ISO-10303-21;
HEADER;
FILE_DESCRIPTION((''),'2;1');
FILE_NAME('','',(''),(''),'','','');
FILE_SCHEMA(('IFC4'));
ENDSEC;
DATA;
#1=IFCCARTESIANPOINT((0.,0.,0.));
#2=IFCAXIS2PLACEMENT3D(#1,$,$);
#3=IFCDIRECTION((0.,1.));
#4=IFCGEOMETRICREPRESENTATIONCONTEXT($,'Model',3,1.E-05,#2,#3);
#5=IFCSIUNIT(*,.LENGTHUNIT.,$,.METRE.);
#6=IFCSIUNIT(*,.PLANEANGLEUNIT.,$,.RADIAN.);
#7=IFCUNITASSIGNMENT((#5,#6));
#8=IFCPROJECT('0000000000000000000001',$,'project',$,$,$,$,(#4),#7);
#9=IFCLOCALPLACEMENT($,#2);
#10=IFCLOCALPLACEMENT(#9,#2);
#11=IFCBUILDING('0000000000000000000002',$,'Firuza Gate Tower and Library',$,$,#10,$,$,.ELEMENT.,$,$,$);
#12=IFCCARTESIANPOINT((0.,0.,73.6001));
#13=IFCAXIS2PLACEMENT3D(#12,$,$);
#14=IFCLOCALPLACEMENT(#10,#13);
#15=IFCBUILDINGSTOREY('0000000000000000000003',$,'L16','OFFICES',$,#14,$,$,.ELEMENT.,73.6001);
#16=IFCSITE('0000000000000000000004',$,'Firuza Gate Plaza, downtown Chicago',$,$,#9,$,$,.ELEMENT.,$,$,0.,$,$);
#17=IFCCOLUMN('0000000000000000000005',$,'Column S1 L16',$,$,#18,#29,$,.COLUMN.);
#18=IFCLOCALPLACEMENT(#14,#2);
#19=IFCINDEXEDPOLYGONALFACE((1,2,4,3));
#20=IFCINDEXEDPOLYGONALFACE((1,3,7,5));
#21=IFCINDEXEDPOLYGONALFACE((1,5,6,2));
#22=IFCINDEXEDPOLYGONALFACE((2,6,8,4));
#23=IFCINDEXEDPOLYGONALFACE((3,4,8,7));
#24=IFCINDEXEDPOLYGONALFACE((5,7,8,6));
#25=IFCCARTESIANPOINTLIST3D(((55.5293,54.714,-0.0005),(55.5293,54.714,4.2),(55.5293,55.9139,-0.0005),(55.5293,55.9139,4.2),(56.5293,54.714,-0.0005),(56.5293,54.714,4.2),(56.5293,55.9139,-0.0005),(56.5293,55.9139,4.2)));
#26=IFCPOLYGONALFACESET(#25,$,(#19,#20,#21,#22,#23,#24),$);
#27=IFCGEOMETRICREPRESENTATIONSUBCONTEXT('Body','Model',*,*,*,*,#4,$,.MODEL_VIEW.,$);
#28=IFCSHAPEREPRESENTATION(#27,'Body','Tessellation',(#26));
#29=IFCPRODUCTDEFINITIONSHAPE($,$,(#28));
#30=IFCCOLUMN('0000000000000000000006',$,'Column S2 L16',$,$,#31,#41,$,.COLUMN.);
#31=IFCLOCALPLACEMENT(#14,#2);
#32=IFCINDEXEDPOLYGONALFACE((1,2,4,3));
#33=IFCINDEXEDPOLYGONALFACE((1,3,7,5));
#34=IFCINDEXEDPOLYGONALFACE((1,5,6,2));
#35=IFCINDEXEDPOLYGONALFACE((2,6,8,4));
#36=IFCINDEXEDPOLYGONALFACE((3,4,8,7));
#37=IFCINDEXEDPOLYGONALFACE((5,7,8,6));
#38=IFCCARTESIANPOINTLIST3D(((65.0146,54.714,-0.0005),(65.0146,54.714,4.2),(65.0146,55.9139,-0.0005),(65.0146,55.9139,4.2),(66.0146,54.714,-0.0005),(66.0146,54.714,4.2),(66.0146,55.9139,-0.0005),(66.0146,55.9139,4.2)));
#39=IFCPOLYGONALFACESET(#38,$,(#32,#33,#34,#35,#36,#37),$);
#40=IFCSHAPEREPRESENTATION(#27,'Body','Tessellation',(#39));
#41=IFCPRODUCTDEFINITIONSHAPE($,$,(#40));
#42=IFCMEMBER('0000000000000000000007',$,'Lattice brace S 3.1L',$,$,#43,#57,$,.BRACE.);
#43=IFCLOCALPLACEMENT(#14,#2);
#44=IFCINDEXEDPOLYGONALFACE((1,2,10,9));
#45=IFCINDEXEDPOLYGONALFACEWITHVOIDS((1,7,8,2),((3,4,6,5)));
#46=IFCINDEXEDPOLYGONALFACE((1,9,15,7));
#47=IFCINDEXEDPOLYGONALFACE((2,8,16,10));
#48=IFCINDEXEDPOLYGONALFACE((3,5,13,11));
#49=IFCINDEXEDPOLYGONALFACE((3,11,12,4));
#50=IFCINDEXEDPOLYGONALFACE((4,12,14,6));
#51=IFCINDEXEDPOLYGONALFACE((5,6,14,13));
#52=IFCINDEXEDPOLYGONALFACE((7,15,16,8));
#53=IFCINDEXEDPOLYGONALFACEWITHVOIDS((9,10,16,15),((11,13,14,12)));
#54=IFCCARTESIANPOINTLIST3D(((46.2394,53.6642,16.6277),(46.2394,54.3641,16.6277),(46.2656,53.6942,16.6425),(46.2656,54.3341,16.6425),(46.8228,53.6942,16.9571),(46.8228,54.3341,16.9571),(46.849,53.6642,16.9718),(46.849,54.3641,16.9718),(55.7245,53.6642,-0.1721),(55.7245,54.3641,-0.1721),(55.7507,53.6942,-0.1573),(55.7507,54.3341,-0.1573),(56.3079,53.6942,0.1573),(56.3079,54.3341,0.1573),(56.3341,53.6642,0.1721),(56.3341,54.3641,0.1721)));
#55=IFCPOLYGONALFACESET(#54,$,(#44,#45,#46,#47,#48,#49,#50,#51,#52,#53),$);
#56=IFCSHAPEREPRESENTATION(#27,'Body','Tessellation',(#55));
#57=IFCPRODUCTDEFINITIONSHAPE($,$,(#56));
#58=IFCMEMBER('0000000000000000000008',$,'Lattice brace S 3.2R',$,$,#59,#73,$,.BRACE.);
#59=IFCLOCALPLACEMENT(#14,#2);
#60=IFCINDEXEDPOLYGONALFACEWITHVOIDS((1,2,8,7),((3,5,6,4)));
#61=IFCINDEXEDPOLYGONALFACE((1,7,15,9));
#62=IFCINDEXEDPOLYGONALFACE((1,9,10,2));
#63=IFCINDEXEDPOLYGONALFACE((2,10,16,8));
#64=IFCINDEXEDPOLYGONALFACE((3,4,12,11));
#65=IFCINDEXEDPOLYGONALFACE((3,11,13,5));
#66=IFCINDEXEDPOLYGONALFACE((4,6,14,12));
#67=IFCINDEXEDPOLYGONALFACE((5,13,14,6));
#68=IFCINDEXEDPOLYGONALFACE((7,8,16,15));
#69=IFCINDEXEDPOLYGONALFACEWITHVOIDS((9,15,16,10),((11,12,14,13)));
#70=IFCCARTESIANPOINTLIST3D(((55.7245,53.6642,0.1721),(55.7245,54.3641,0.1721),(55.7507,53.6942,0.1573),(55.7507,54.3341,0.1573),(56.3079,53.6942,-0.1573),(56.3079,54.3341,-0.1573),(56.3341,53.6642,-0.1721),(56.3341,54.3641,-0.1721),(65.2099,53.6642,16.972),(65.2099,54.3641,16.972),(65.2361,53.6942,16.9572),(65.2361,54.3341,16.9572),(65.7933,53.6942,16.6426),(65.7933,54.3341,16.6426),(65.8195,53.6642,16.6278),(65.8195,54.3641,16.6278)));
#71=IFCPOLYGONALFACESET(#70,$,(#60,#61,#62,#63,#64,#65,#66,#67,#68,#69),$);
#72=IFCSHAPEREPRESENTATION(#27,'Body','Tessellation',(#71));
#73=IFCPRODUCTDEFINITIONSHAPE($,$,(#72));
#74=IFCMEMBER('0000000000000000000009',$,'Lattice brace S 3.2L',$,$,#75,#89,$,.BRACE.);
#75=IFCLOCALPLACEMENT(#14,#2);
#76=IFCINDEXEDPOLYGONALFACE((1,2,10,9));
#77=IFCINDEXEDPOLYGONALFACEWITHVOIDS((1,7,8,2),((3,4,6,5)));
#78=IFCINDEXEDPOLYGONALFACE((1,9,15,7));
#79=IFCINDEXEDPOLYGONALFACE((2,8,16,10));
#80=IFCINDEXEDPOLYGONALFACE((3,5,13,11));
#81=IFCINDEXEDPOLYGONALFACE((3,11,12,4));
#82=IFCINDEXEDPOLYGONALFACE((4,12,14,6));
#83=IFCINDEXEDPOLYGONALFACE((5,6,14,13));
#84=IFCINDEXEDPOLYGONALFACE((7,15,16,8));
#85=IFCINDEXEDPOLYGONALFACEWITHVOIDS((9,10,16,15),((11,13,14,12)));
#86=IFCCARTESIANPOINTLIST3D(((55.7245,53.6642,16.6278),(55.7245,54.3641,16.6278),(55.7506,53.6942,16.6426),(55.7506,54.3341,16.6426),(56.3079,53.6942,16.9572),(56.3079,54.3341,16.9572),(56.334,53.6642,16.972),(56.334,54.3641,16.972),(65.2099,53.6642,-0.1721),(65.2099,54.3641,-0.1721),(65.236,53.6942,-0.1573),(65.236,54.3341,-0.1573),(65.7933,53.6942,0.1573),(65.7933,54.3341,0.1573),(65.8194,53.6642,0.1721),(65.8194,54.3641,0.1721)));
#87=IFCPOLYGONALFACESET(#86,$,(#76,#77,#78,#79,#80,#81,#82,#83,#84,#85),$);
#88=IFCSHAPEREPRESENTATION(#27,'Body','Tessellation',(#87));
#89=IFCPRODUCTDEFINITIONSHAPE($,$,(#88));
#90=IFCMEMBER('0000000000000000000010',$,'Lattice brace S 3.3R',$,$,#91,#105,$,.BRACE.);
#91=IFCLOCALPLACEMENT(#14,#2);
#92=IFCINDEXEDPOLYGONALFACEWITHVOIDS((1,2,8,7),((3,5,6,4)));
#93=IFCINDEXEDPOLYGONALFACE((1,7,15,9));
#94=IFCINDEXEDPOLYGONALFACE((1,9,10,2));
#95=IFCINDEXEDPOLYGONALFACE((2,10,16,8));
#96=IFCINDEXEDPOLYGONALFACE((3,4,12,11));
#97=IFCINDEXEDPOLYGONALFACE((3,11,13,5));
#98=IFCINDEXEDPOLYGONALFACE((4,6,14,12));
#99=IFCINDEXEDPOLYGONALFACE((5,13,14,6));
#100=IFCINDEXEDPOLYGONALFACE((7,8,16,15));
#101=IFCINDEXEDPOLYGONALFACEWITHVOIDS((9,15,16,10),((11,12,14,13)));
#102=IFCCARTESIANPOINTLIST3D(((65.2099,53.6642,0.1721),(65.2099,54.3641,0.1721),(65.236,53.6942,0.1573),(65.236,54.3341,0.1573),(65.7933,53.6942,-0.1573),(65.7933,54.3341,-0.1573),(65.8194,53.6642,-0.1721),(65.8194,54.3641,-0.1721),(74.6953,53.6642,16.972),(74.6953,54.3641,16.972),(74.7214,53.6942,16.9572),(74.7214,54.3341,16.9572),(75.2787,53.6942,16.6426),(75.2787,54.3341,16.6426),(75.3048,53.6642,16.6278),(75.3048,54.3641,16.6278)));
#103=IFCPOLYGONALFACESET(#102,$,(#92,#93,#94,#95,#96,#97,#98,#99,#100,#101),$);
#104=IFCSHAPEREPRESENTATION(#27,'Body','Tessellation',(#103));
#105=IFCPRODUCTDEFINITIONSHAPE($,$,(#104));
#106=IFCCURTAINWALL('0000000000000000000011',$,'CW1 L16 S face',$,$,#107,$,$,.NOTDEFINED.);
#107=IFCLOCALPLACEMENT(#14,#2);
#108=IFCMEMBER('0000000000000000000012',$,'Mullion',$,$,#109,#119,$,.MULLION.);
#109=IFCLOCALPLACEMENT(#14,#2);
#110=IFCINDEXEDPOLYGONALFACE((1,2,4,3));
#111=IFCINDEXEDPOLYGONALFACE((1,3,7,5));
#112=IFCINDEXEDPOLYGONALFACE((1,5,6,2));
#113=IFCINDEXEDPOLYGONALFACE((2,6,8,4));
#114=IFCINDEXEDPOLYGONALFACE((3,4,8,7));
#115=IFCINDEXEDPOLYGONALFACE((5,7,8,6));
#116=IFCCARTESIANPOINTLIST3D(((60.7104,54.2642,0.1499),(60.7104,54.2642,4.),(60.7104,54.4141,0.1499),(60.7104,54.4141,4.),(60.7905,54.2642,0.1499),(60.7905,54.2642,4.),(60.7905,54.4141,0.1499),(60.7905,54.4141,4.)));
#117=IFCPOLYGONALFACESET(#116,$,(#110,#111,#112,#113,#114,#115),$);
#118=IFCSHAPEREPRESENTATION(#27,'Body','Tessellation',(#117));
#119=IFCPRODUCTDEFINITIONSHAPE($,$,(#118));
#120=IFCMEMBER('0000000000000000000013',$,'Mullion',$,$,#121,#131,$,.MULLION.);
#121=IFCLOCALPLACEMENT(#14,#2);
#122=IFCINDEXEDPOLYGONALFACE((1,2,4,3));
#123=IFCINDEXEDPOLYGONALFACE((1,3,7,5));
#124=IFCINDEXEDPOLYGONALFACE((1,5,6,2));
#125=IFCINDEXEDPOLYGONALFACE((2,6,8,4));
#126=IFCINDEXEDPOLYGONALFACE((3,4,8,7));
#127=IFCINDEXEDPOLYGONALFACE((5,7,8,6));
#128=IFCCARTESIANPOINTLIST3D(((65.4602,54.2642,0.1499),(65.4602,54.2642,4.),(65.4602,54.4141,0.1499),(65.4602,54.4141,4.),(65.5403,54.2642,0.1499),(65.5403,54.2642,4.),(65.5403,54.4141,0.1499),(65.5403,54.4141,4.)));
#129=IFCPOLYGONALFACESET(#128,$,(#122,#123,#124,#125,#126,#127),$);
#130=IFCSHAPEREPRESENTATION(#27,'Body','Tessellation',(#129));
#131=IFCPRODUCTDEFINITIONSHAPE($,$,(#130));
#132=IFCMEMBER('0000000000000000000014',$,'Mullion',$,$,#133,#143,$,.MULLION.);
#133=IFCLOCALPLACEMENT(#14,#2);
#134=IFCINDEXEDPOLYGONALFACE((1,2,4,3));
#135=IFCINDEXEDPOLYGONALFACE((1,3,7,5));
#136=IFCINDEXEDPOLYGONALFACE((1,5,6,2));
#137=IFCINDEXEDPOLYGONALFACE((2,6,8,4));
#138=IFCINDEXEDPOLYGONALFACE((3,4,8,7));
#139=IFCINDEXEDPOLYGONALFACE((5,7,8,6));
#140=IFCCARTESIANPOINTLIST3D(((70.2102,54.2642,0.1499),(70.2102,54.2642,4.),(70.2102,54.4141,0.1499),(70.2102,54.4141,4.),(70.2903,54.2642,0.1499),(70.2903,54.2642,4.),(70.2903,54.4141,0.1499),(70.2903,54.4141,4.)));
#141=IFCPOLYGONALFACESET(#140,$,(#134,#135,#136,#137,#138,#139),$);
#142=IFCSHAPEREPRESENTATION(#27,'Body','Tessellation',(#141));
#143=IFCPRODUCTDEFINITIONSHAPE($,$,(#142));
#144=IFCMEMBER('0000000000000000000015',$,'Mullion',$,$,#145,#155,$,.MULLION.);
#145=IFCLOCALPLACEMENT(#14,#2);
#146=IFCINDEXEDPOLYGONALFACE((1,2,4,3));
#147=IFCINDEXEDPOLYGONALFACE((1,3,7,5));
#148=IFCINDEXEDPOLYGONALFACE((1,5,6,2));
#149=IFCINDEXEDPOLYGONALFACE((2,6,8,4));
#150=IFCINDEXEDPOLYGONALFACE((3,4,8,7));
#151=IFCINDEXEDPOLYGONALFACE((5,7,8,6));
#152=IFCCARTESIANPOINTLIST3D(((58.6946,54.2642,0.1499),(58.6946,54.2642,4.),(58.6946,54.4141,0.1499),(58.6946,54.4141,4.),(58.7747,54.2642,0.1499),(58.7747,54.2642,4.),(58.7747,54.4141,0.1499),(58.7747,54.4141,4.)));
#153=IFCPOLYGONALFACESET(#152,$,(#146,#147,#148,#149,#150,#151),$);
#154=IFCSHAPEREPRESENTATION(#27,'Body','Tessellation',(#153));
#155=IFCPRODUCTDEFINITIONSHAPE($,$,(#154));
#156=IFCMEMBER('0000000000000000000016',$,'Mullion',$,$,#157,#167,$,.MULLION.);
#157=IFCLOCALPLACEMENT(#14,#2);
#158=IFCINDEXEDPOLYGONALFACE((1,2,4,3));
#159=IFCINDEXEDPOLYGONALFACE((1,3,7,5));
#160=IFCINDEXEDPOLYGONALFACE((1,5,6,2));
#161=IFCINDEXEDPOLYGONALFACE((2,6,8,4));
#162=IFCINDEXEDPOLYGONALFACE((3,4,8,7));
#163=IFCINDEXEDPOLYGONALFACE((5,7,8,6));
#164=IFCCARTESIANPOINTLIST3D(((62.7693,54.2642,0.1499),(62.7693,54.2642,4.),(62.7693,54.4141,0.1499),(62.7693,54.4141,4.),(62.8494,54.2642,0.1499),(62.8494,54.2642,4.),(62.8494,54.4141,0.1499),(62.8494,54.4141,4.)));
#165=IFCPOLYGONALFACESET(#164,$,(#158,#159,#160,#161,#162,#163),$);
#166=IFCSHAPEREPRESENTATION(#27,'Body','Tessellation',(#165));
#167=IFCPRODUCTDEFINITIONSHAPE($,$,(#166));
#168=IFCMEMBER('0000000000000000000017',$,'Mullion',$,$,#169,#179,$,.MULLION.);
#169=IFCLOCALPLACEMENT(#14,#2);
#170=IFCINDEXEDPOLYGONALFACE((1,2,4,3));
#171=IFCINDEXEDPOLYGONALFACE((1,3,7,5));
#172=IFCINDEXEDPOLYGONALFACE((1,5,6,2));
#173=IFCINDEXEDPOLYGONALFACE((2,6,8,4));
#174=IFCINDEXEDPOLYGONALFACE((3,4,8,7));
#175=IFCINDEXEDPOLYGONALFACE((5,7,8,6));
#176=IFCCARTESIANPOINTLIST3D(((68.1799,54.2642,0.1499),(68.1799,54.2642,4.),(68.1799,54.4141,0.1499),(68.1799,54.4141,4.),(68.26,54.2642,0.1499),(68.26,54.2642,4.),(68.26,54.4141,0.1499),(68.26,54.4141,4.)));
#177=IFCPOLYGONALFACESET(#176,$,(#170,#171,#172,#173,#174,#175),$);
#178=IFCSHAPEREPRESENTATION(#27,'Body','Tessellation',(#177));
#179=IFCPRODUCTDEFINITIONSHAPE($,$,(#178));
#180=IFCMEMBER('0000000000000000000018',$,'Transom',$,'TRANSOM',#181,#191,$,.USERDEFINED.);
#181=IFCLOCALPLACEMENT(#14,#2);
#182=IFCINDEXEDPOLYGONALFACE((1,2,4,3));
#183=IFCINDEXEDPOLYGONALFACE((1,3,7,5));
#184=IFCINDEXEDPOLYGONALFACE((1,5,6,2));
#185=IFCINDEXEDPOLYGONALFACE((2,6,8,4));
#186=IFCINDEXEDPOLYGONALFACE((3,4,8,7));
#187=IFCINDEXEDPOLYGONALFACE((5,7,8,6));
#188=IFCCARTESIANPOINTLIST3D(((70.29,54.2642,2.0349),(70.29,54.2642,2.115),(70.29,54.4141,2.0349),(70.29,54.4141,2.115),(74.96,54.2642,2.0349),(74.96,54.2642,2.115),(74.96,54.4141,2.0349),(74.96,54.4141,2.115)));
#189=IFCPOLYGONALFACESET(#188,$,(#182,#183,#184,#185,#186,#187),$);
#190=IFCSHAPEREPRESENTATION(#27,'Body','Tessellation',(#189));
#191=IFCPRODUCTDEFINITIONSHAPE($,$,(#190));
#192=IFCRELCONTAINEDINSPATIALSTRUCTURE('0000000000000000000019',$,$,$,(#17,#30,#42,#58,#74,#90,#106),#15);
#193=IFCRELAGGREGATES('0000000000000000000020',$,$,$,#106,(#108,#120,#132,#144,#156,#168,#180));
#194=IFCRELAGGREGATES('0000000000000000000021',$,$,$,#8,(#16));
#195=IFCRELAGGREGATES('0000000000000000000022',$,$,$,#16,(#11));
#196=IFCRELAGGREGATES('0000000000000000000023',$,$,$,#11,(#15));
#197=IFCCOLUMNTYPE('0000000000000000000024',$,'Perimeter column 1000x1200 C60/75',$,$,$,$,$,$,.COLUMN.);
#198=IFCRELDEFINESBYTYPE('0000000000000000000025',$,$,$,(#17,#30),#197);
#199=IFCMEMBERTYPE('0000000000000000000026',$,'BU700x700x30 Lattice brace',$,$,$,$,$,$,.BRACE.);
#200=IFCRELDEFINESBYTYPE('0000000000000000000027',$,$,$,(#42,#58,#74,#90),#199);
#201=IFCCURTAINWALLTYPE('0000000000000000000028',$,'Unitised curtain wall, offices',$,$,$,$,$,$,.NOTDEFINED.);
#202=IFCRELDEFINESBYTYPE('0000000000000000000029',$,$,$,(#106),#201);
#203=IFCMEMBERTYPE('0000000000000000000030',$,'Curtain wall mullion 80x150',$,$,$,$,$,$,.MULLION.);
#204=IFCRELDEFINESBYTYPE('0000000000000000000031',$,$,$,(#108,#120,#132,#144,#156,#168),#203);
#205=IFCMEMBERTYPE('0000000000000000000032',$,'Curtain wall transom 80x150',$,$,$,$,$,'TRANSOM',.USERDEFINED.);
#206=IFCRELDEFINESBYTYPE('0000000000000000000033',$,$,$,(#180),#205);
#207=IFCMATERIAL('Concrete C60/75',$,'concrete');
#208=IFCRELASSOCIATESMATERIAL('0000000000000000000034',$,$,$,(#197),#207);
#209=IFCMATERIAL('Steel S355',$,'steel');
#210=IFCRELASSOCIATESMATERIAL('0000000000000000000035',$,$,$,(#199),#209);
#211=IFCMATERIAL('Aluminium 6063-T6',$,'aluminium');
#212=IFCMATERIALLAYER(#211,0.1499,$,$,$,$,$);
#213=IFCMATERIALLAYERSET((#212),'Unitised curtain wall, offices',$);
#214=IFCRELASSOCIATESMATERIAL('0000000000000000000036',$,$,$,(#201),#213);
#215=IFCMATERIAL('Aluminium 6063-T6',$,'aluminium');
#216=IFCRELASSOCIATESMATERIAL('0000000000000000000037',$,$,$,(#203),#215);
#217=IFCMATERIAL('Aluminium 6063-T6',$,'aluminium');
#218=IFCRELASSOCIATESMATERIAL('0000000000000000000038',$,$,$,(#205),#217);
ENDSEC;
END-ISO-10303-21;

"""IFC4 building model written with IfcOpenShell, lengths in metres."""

from ifc_helpers import new_model, si_unit, direction, frame, origin, origin_2d, place, context, subcontext, project, spatial, rectangle, hollow_rectangle, extrude, material, layer, layer_set, material_profile, profile_set, type_object, element, aggregate, save


model = new_model("IFC4")

# Units and contexts
model_context = context("Model", 3, precision=1e-05, world=origin(), true_north=direction((0.0, 1.0)))
body_context = subcontext(model_context, "Body", "Model", "MODEL_VIEW")
ifc_project = project(units=[si_unit("LENGTHUNIT", "METRE"), si_unit("PLANEANGLEUNIT", "RADIAN")], contexts=[model_context])

# Site, building, storey
site_placement = place(None, origin())
site = spatial("IfcSite", under=ifc_project, at=site_placement, Name="Firuza Gate Plaza, downtown Chicago", CompositionType="ELEMENT", RefElevation=0.0)
building_placement = place(site_placement, origin())
building = spatial("IfcBuilding", under=site, at=building_placement, Name="Firuza Gate Tower and Library", CompositionType="ELEMENT")
storey_placement = place(building_placement, frame((0.0, 0.0, 73.6001)))
storey = spatial("IfcBuildingStorey", under=building, at=storey_placement, Name="L16", Description="OFFICES", CompositionType="ELEMENT", Elevation=73.6001)

# Columns
ifc_material_1 = material(Name="Concrete C60/75", Category="concrete")
ifc_material_profile_1 = material_profile(ifc_material_1, rectangle(XDim=1.0, YDim=1.2, at=origin_2d()))
ifc_profile_set_1 = profile_set([ifc_material_profile_1], Name="Concrete C60/75")
column_type = type_object("IfcColumnType", Name="Perimeter column 1000x1200 C60/75", PredefinedType="COLUMN", material=ifc_profile_set_1)
for number, where, z_axis, x_axis, name in (
    (1, (56.0293, 55.314, -0.0005), (0.0, 0.0, 1.0), (1.0, 0.0, 0.0), "Column S1 L16"),
    (2, (65.5146, 55.314, -0.0005), (0.0, 0.0, 1.0), (1.0, 0.0, 0.0), "Column S2 L16"),
):
    element("IfcColumn", number, at=place(storey_placement, frame(where, z_axis=z_axis, x_axis=x_axis)), inside=storey, type_object=column_type, Name=name, PredefinedType="COLUMN", context=body_context, shape_type="SweptSolid", body=[
        extrude(rectangle(XDim=1.0, YDim=1.2, at=origin_2d()), origin(), (0.0, 0.0, 1.0), 4.2004),
    ])

# Members
ifc_material_2 = material(Name="Steel S355", Category="steel")
ifc_material_profile_2 = material_profile(ifc_material_2, hollow_rectangle(XDim=0.7, YDim=0.7, WallThickness=0.03, at=origin_2d()))
ifc_profile_set_2 = profile_set([ifc_material_profile_2], Name="Steel S355")
member_type_1 = type_object("IfcMemberType", Name="BU700x700x30 Lattice brace", PredefinedType="BRACE", material=ifc_profile_set_2)
member_1_placement = place(storey_placement, frame((56.0293, 54.0142, 0.0), z_axis=(-0.491647, 0.0, 0.870794), x_axis=(0.0, -1.0, 0.0)))
element("IfcMember", 3, at=member_1_placement, inside=storey, type_object=member_type_1, Name="Lattice brace S 3.1L", PredefinedType="BRACE", context=body_context, shape_type="SweptSolid", body=[
    extrude(hollow_rectangle(XDim=0.7, YDim=0.7, WallThickness=0.03, at=origin_2d()), origin(), (0.0, 0.0, 1.0), 19.2925),
])
for number, where, z_axis, x_axis, name in (
    (4, (56.0293, 54.0142, 0.0), (0.491657, 0.0, 0.870789), (0.0, 1.0, 0.0), "Lattice brace S 3.2R"),
    (5, (65.5146, 54.0142, 0.0), (-0.491657, 0.0, 0.870789), (0.0, -1.0, 0.0), "Lattice brace S 3.2L"),
    (6, (65.5146, 54.0142, 0.0), (0.491657, 0.0, 0.870789), (0.0, 1.0, 0.0), "Lattice brace S 3.3R"),
):
    element("IfcMember", number, at=place(storey_placement, frame(where, z_axis=z_axis, x_axis=x_axis)), inside=storey, type_object=member_type_1, Name=name, PredefinedType="BRACE", context=body_context, shape_type="SweptSolid", body=[
        extrude(hollow_rectangle(XDim=0.7, YDim=0.7, WallThickness=0.03, at=origin_2d()), origin(), (0.0, 0.0, 1.0), 19.2927),
    ])

# Curtain wall, members
ifc_material_3 = material(Name="Aluminium 6063-T6", Category="aluminium")
ifc_layer_1 = layer(ifc_material_3, 0.1499)
ifc_layer_set_1 = layer_set([ifc_layer_1], Name="Unitised curtain wall, offices")
curtain_wall_type = type_object("IfcCurtainWallType", Name="Unitised curtain wall, offices", PredefinedType="NOTDEFINED", material=ifc_layer_set_1)
curtain_wall_placement = place(storey_placement, origin())
curtain_wall = element("IfcCurtainWall", 7, at=curtain_wall_placement, inside=storey, type_object=curtain_wall_type, Name="CW1 L16 S face", PredefinedType="NOTDEFINED")
ifc_material_4 = material(Name="Aluminium 6063-T6", Category="aluminium")
ifc_material_profile_3 = material_profile(ifc_material_4, rectangle(XDim=0.1499, YDim=0.0801, at=origin_2d()))
ifc_profile_set_3 = profile_set([ifc_material_profile_3], Name="Aluminium 6063-T6")
member_type_2 = type_object("IfcMemberType", Name="Curtain wall mullion 80x150", PredefinedType="MULLION", material=ifc_profile_set_3)
member_2_placement = place(storey_placement, frame((60.7505, 54.3391, 0.1499), z_axis=(0.0, 0.0, 1.0), x_axis=(0.0, 1.0, 0.0)))
member_2 = element("IfcMember", 8, at=member_2_placement, type_object=member_type_2, Name="Mullion", PredefinedType="MULLION", context=body_context, shape_type="SweptSolid", body=[
    extrude(rectangle(XDim=0.1499, YDim=0.0801, at=origin_2d()), origin(), (0.0, 0.0, 1.0), 3.8501),
])
member_3_placement = place(storey_placement, frame((65.5002, 54.3391, 0.1499), z_axis=(0.0, 0.0, 1.0), x_axis=(0.0, 1.0, 0.0)))
member_3 = element("IfcMember", 9, at=member_3_placement, type_object=member_type_2, Name="Mullion", PredefinedType="MULLION", context=body_context, shape_type="SweptSolid", body=[
    extrude(rectangle(XDim=0.1499, YDim=0.0801, at=origin_2d()), origin(), (0.0, 0.0, 1.0), 3.8501),
])
member_4_placement = place(storey_placement, frame((70.2502, 54.3391, 0.1499), z_axis=(0.0, 0.0, 1.0), x_axis=(0.0, 1.0, 0.0)))
member_4 = element("IfcMember", 10, at=member_4_placement, type_object=member_type_2, Name="Mullion", PredefinedType="MULLION", context=body_context, shape_type="SweptSolid", body=[
    extrude(rectangle(XDim=0.1499, YDim=0.0801, at=origin_2d()), origin(), (0.0, 0.0, 1.0), 3.8501),
])
member_5_placement = place(storey_placement, frame((58.7346, 54.3391, 0.1499), z_axis=(0.0, 0.0, 1.0), x_axis=(0.0, 1.0, 0.0)))
member_5 = element("IfcMember", 11, at=member_5_placement, type_object=member_type_2, Name="Mullion", PredefinedType="MULLION", context=body_context, shape_type="SweptSolid", body=[
    extrude(rectangle(XDim=0.1499, YDim=0.0801, at=origin_2d()), origin(), (0.0, 0.0, 1.0), 3.8501),
])
member_6_placement = place(storey_placement, frame((62.8093, 54.3391, 0.1499), z_axis=(0.0, 0.0, 1.0), x_axis=(0.0, 1.0, 0.0)))
member_6 = element("IfcMember", 12, at=member_6_placement, type_object=member_type_2, Name="Mullion", PredefinedType="MULLION", context=body_context, shape_type="SweptSolid", body=[
    extrude(rectangle(XDim=0.1499, YDim=0.0801, at=origin_2d()), origin(), (0.0, 0.0, 1.0), 3.8501),
])
member_7_placement = place(storey_placement, frame((68.22, 54.3391, 0.1499), z_axis=(0.0, 0.0, 1.0), x_axis=(0.0, 1.0, 0.0)))
member_7 = element("IfcMember", 13, at=member_7_placement, type_object=member_type_2, Name="Mullion", PredefinedType="MULLION", context=body_context, shape_type="SweptSolid", body=[
    extrude(rectangle(XDim=0.1499, YDim=0.0801, at=origin_2d()), origin(), (0.0, 0.0, 1.0), 3.8501),
])
ifc_material_5 = material(Name="Aluminium 6063-T6", Category="aluminium")
ifc_material_profile_4 = material_profile(ifc_material_5, rectangle(XDim=0.1499, YDim=0.0801, at=origin_2d()))
ifc_profile_set_4 = profile_set([ifc_material_profile_4], Name="Aluminium 6063-T6")
member_type_3 = type_object("IfcMemberType", Name="Curtain wall transom 80x150", ElementType="TRANSOM", PredefinedType="USERDEFINED", material=ifc_profile_set_4)
member_8_placement = place(storey_placement, frame((70.29, 54.3391, 2.075), z_axis=(1.0, 0.0, 0.0), x_axis=(0.0, 1.0, 0.0)))
member_8 = element("IfcMember", 14, at=member_8_placement, type_object=member_type_3, Name="Transom", ObjectType="TRANSOM", PredefinedType="USERDEFINED", context=body_context, shape_type="SweptSolid", body=[
    extrude(rectangle(XDim=0.1499, YDim=0.0801, at=origin_2d()), origin(), (0.0, 0.0, 1.0), 4.6699),
])

aggregate(curtain_wall, [member_2, member_3, member_4, member_5, member_6, member_7, member_8])

save(model, "model.ifc")
